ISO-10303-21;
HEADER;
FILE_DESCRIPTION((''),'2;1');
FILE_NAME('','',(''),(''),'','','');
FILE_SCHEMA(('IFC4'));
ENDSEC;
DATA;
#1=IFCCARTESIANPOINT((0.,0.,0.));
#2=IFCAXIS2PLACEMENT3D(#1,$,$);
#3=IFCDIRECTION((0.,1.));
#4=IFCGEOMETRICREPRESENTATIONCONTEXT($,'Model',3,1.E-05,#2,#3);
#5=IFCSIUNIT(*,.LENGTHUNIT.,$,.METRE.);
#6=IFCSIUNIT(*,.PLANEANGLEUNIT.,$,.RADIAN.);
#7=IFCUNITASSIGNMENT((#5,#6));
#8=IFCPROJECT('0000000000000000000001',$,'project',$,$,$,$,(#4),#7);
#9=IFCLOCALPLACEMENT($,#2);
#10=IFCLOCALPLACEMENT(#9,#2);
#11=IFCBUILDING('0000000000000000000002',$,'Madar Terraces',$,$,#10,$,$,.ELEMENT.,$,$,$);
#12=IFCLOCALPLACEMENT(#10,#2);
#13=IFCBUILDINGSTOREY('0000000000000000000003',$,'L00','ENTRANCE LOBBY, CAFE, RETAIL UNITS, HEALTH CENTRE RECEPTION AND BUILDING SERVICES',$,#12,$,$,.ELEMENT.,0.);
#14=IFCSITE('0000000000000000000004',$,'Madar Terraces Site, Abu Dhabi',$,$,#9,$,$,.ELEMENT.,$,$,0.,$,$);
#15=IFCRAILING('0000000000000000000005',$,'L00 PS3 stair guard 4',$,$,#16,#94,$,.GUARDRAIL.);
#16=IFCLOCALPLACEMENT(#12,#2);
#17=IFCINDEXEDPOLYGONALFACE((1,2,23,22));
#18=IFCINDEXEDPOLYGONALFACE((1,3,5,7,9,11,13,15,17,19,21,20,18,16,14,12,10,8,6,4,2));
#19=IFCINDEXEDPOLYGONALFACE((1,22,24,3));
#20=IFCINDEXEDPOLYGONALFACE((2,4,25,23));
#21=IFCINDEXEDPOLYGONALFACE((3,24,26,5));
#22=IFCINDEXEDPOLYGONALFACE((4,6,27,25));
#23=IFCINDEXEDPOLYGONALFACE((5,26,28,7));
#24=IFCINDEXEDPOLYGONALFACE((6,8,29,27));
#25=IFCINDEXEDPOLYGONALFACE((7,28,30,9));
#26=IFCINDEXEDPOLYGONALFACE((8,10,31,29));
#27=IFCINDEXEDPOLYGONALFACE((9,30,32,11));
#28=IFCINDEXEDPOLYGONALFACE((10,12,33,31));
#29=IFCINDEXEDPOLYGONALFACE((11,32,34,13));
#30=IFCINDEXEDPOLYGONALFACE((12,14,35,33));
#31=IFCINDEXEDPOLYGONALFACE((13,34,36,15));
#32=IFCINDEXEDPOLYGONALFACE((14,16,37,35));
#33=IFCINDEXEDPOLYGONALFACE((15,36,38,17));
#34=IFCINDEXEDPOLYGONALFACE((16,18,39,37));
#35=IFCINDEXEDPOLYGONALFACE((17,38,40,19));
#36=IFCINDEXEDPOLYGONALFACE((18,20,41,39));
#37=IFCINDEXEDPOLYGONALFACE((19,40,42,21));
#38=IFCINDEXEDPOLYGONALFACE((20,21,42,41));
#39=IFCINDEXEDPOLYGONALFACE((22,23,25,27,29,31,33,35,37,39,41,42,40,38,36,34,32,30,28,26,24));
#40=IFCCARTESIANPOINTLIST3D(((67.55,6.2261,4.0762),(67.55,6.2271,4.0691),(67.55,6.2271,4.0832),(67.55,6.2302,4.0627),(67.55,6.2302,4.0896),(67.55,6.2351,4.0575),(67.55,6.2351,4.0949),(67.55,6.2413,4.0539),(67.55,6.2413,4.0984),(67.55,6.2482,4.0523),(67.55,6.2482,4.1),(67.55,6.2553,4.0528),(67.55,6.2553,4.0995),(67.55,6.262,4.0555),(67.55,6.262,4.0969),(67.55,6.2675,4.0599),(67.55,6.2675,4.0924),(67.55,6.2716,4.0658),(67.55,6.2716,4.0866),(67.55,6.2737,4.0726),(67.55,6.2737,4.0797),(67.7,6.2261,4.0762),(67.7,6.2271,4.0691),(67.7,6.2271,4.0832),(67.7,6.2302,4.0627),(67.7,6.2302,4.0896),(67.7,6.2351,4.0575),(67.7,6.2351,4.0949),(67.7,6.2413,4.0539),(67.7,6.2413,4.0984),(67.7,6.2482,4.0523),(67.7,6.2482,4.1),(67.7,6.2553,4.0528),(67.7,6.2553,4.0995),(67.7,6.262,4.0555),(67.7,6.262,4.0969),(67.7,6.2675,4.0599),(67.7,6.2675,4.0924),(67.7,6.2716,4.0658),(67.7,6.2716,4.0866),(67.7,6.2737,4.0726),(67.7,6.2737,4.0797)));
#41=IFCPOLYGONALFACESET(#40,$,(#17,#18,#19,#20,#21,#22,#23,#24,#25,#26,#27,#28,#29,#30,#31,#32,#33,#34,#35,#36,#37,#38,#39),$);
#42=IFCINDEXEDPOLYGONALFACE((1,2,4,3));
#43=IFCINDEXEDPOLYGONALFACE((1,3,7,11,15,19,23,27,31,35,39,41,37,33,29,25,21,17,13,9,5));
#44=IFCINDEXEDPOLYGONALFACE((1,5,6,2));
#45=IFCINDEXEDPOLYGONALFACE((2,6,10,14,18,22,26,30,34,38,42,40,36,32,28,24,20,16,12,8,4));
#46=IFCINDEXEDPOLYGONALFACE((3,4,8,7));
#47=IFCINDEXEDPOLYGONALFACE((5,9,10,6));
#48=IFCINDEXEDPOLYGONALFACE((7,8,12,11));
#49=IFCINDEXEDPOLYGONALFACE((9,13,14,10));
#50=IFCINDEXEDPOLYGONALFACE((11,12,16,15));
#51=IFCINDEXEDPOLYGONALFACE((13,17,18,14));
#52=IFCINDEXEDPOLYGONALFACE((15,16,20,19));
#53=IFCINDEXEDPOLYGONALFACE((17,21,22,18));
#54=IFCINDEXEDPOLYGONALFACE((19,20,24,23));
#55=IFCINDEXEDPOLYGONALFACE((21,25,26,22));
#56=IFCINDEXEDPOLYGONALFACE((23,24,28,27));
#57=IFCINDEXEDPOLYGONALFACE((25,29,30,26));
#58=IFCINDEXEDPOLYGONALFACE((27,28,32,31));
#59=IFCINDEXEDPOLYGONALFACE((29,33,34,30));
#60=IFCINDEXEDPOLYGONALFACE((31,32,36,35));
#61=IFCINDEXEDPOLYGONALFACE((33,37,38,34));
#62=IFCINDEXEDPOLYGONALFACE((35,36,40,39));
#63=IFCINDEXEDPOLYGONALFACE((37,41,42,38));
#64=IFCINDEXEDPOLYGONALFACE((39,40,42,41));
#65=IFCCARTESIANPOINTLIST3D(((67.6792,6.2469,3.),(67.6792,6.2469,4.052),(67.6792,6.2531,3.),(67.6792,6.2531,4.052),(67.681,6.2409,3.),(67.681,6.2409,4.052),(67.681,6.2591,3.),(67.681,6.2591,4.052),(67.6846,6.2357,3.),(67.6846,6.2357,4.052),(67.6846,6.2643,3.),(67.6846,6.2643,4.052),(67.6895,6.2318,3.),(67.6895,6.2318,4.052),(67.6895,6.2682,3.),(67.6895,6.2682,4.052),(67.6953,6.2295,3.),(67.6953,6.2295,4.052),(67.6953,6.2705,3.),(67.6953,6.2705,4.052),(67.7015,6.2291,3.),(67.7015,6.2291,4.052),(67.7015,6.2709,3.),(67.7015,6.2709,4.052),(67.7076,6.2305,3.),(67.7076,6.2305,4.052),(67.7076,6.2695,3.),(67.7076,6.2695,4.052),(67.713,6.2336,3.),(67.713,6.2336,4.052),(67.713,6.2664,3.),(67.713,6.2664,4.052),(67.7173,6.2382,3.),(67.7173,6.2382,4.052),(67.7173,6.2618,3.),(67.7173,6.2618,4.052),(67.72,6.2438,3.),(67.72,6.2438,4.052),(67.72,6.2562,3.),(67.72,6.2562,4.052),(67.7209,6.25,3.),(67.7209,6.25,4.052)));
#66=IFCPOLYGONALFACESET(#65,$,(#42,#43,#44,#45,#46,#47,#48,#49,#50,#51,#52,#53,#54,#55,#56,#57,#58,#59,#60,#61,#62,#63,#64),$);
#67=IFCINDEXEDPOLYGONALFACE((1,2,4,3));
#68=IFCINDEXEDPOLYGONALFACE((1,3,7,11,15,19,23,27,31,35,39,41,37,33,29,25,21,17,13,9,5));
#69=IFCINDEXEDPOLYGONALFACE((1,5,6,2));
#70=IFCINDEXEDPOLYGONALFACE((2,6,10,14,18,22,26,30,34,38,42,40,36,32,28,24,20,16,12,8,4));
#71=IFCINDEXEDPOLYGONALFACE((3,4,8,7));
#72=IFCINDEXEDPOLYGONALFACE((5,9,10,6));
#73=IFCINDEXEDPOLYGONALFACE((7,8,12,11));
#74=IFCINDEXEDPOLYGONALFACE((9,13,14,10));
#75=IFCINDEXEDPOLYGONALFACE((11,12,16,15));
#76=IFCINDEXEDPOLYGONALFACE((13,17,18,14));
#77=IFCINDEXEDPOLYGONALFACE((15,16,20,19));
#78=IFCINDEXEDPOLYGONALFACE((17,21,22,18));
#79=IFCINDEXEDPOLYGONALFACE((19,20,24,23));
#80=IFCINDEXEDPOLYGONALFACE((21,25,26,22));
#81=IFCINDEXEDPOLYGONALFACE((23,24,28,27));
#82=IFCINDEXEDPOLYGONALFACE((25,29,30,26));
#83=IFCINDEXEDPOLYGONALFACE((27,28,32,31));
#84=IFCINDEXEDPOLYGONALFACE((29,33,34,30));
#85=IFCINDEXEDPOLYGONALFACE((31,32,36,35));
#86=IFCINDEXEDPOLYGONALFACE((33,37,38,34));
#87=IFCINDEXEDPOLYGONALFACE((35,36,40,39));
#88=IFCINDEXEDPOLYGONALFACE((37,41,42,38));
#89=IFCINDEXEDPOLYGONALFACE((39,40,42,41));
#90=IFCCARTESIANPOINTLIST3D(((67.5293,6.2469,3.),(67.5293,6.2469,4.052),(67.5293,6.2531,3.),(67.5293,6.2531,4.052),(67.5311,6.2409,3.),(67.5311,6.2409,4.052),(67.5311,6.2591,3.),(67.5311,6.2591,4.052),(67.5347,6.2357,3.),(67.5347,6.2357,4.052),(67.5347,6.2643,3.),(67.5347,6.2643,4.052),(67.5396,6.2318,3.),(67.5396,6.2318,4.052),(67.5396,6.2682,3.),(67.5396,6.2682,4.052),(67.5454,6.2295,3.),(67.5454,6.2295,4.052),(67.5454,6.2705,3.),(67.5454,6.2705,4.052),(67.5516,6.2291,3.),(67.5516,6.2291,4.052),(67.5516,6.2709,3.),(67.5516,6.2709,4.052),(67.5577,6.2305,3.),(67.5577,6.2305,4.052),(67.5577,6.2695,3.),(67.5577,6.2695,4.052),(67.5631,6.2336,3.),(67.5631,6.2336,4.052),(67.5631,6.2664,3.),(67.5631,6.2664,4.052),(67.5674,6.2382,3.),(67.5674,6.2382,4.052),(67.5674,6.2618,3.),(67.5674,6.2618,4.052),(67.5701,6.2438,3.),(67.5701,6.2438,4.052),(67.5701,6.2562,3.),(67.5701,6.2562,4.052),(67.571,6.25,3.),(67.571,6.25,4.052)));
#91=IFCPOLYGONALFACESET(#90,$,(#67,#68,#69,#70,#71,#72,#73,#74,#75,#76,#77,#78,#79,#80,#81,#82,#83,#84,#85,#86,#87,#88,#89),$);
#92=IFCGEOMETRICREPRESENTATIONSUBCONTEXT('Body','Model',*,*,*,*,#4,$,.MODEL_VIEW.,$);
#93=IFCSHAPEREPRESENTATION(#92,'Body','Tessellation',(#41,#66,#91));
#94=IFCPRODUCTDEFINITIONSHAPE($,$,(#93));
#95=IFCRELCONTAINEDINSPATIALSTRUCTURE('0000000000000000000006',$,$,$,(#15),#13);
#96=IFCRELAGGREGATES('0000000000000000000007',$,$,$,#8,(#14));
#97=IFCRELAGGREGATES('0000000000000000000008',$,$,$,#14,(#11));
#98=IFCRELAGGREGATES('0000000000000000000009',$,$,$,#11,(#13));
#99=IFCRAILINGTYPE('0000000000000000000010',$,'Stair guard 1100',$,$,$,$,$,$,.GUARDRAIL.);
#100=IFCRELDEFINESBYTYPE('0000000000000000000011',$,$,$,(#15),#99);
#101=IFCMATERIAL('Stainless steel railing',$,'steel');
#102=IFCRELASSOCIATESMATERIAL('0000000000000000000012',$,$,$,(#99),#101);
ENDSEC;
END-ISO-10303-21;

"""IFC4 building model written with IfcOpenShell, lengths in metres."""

from ifc_helpers import new_model, si_unit, direction, frame, origin, origin_2d, place, context, subcontext, project, spatial, circle, extrude, material, type_object, element, save


model = new_model("IFC4")

# Units and contexts
model_context = context("Model", 3, precision=1e-05, world=origin(), true_north=direction((0.0, 1.0)))
body_context = subcontext(model_context, "Body", "Model", "MODEL_VIEW")
ifc_project = project(units=[si_unit("LENGTHUNIT", "METRE"), si_unit("PLANEANGLEUNIT", "RADIAN")], contexts=[model_context])

# Site, building, storey
site_placement = place(None, origin())
site = spatial("IfcSite", under=ifc_project, at=site_placement, Name="Madar Terraces Site, Abu Dhabi", CompositionType="ELEMENT", RefElevation=0.0)
building_placement = place(site_placement, origin())
building = spatial("IfcBuilding", under=site, at=building_placement, Name="Madar Terraces", CompositionType="ELEMENT")
storey_placement = place(building_placement, origin())
storey = spatial("IfcBuildingStorey", under=building, at=storey_placement, Name="L00", Description="ENTRANCE LOBBY, CAFE, RETAIL UNITS, HEALTH CENTRE RECEPTION AND BUILDING SERVICES", CompositionType="ELEMENT", Elevation=0.0)

# Railing
ifc_material_1 = material(Name="Stainless steel railing", Category="steel")
railing_type_1 = type_object("IfcRailingType", Name="Stair guard 1100", PredefinedType="GUARDRAIL", material=ifc_material_1)
railing_1_placement = place(storey_placement, frame((67.7, 6.25, 3.0)))
element("IfcRailing", 1, at=railing_1_placement, inside=storey, type_object=railing_type_1, Name="L00 PS3 stair guard 4", PredefinedType="GUARDRAIL", context=body_context, shape_type="SweptSolid", body=[
    extrude(circle(Radius=0.0239, at=origin_2d()), frame((0.0, 0.0, 1.0762), z_axis=(-1.0, 0.0, 0.0), x_axis=(0.0, -1.0, 0.0)), (0.0, 0.0, 1.0), 0.1499),
    extrude(circle(Radius=0.021, at=origin_2d()), origin(), (0.0, 0.0, 1.0), 1.052),
    extrude(circle(Radius=0.021, at=origin_2d()), frame((-0.1499, 0.0, 0.0)), (0.0, 0.0, 1.0), 1.052),
])

save(model, "model.ifc")
